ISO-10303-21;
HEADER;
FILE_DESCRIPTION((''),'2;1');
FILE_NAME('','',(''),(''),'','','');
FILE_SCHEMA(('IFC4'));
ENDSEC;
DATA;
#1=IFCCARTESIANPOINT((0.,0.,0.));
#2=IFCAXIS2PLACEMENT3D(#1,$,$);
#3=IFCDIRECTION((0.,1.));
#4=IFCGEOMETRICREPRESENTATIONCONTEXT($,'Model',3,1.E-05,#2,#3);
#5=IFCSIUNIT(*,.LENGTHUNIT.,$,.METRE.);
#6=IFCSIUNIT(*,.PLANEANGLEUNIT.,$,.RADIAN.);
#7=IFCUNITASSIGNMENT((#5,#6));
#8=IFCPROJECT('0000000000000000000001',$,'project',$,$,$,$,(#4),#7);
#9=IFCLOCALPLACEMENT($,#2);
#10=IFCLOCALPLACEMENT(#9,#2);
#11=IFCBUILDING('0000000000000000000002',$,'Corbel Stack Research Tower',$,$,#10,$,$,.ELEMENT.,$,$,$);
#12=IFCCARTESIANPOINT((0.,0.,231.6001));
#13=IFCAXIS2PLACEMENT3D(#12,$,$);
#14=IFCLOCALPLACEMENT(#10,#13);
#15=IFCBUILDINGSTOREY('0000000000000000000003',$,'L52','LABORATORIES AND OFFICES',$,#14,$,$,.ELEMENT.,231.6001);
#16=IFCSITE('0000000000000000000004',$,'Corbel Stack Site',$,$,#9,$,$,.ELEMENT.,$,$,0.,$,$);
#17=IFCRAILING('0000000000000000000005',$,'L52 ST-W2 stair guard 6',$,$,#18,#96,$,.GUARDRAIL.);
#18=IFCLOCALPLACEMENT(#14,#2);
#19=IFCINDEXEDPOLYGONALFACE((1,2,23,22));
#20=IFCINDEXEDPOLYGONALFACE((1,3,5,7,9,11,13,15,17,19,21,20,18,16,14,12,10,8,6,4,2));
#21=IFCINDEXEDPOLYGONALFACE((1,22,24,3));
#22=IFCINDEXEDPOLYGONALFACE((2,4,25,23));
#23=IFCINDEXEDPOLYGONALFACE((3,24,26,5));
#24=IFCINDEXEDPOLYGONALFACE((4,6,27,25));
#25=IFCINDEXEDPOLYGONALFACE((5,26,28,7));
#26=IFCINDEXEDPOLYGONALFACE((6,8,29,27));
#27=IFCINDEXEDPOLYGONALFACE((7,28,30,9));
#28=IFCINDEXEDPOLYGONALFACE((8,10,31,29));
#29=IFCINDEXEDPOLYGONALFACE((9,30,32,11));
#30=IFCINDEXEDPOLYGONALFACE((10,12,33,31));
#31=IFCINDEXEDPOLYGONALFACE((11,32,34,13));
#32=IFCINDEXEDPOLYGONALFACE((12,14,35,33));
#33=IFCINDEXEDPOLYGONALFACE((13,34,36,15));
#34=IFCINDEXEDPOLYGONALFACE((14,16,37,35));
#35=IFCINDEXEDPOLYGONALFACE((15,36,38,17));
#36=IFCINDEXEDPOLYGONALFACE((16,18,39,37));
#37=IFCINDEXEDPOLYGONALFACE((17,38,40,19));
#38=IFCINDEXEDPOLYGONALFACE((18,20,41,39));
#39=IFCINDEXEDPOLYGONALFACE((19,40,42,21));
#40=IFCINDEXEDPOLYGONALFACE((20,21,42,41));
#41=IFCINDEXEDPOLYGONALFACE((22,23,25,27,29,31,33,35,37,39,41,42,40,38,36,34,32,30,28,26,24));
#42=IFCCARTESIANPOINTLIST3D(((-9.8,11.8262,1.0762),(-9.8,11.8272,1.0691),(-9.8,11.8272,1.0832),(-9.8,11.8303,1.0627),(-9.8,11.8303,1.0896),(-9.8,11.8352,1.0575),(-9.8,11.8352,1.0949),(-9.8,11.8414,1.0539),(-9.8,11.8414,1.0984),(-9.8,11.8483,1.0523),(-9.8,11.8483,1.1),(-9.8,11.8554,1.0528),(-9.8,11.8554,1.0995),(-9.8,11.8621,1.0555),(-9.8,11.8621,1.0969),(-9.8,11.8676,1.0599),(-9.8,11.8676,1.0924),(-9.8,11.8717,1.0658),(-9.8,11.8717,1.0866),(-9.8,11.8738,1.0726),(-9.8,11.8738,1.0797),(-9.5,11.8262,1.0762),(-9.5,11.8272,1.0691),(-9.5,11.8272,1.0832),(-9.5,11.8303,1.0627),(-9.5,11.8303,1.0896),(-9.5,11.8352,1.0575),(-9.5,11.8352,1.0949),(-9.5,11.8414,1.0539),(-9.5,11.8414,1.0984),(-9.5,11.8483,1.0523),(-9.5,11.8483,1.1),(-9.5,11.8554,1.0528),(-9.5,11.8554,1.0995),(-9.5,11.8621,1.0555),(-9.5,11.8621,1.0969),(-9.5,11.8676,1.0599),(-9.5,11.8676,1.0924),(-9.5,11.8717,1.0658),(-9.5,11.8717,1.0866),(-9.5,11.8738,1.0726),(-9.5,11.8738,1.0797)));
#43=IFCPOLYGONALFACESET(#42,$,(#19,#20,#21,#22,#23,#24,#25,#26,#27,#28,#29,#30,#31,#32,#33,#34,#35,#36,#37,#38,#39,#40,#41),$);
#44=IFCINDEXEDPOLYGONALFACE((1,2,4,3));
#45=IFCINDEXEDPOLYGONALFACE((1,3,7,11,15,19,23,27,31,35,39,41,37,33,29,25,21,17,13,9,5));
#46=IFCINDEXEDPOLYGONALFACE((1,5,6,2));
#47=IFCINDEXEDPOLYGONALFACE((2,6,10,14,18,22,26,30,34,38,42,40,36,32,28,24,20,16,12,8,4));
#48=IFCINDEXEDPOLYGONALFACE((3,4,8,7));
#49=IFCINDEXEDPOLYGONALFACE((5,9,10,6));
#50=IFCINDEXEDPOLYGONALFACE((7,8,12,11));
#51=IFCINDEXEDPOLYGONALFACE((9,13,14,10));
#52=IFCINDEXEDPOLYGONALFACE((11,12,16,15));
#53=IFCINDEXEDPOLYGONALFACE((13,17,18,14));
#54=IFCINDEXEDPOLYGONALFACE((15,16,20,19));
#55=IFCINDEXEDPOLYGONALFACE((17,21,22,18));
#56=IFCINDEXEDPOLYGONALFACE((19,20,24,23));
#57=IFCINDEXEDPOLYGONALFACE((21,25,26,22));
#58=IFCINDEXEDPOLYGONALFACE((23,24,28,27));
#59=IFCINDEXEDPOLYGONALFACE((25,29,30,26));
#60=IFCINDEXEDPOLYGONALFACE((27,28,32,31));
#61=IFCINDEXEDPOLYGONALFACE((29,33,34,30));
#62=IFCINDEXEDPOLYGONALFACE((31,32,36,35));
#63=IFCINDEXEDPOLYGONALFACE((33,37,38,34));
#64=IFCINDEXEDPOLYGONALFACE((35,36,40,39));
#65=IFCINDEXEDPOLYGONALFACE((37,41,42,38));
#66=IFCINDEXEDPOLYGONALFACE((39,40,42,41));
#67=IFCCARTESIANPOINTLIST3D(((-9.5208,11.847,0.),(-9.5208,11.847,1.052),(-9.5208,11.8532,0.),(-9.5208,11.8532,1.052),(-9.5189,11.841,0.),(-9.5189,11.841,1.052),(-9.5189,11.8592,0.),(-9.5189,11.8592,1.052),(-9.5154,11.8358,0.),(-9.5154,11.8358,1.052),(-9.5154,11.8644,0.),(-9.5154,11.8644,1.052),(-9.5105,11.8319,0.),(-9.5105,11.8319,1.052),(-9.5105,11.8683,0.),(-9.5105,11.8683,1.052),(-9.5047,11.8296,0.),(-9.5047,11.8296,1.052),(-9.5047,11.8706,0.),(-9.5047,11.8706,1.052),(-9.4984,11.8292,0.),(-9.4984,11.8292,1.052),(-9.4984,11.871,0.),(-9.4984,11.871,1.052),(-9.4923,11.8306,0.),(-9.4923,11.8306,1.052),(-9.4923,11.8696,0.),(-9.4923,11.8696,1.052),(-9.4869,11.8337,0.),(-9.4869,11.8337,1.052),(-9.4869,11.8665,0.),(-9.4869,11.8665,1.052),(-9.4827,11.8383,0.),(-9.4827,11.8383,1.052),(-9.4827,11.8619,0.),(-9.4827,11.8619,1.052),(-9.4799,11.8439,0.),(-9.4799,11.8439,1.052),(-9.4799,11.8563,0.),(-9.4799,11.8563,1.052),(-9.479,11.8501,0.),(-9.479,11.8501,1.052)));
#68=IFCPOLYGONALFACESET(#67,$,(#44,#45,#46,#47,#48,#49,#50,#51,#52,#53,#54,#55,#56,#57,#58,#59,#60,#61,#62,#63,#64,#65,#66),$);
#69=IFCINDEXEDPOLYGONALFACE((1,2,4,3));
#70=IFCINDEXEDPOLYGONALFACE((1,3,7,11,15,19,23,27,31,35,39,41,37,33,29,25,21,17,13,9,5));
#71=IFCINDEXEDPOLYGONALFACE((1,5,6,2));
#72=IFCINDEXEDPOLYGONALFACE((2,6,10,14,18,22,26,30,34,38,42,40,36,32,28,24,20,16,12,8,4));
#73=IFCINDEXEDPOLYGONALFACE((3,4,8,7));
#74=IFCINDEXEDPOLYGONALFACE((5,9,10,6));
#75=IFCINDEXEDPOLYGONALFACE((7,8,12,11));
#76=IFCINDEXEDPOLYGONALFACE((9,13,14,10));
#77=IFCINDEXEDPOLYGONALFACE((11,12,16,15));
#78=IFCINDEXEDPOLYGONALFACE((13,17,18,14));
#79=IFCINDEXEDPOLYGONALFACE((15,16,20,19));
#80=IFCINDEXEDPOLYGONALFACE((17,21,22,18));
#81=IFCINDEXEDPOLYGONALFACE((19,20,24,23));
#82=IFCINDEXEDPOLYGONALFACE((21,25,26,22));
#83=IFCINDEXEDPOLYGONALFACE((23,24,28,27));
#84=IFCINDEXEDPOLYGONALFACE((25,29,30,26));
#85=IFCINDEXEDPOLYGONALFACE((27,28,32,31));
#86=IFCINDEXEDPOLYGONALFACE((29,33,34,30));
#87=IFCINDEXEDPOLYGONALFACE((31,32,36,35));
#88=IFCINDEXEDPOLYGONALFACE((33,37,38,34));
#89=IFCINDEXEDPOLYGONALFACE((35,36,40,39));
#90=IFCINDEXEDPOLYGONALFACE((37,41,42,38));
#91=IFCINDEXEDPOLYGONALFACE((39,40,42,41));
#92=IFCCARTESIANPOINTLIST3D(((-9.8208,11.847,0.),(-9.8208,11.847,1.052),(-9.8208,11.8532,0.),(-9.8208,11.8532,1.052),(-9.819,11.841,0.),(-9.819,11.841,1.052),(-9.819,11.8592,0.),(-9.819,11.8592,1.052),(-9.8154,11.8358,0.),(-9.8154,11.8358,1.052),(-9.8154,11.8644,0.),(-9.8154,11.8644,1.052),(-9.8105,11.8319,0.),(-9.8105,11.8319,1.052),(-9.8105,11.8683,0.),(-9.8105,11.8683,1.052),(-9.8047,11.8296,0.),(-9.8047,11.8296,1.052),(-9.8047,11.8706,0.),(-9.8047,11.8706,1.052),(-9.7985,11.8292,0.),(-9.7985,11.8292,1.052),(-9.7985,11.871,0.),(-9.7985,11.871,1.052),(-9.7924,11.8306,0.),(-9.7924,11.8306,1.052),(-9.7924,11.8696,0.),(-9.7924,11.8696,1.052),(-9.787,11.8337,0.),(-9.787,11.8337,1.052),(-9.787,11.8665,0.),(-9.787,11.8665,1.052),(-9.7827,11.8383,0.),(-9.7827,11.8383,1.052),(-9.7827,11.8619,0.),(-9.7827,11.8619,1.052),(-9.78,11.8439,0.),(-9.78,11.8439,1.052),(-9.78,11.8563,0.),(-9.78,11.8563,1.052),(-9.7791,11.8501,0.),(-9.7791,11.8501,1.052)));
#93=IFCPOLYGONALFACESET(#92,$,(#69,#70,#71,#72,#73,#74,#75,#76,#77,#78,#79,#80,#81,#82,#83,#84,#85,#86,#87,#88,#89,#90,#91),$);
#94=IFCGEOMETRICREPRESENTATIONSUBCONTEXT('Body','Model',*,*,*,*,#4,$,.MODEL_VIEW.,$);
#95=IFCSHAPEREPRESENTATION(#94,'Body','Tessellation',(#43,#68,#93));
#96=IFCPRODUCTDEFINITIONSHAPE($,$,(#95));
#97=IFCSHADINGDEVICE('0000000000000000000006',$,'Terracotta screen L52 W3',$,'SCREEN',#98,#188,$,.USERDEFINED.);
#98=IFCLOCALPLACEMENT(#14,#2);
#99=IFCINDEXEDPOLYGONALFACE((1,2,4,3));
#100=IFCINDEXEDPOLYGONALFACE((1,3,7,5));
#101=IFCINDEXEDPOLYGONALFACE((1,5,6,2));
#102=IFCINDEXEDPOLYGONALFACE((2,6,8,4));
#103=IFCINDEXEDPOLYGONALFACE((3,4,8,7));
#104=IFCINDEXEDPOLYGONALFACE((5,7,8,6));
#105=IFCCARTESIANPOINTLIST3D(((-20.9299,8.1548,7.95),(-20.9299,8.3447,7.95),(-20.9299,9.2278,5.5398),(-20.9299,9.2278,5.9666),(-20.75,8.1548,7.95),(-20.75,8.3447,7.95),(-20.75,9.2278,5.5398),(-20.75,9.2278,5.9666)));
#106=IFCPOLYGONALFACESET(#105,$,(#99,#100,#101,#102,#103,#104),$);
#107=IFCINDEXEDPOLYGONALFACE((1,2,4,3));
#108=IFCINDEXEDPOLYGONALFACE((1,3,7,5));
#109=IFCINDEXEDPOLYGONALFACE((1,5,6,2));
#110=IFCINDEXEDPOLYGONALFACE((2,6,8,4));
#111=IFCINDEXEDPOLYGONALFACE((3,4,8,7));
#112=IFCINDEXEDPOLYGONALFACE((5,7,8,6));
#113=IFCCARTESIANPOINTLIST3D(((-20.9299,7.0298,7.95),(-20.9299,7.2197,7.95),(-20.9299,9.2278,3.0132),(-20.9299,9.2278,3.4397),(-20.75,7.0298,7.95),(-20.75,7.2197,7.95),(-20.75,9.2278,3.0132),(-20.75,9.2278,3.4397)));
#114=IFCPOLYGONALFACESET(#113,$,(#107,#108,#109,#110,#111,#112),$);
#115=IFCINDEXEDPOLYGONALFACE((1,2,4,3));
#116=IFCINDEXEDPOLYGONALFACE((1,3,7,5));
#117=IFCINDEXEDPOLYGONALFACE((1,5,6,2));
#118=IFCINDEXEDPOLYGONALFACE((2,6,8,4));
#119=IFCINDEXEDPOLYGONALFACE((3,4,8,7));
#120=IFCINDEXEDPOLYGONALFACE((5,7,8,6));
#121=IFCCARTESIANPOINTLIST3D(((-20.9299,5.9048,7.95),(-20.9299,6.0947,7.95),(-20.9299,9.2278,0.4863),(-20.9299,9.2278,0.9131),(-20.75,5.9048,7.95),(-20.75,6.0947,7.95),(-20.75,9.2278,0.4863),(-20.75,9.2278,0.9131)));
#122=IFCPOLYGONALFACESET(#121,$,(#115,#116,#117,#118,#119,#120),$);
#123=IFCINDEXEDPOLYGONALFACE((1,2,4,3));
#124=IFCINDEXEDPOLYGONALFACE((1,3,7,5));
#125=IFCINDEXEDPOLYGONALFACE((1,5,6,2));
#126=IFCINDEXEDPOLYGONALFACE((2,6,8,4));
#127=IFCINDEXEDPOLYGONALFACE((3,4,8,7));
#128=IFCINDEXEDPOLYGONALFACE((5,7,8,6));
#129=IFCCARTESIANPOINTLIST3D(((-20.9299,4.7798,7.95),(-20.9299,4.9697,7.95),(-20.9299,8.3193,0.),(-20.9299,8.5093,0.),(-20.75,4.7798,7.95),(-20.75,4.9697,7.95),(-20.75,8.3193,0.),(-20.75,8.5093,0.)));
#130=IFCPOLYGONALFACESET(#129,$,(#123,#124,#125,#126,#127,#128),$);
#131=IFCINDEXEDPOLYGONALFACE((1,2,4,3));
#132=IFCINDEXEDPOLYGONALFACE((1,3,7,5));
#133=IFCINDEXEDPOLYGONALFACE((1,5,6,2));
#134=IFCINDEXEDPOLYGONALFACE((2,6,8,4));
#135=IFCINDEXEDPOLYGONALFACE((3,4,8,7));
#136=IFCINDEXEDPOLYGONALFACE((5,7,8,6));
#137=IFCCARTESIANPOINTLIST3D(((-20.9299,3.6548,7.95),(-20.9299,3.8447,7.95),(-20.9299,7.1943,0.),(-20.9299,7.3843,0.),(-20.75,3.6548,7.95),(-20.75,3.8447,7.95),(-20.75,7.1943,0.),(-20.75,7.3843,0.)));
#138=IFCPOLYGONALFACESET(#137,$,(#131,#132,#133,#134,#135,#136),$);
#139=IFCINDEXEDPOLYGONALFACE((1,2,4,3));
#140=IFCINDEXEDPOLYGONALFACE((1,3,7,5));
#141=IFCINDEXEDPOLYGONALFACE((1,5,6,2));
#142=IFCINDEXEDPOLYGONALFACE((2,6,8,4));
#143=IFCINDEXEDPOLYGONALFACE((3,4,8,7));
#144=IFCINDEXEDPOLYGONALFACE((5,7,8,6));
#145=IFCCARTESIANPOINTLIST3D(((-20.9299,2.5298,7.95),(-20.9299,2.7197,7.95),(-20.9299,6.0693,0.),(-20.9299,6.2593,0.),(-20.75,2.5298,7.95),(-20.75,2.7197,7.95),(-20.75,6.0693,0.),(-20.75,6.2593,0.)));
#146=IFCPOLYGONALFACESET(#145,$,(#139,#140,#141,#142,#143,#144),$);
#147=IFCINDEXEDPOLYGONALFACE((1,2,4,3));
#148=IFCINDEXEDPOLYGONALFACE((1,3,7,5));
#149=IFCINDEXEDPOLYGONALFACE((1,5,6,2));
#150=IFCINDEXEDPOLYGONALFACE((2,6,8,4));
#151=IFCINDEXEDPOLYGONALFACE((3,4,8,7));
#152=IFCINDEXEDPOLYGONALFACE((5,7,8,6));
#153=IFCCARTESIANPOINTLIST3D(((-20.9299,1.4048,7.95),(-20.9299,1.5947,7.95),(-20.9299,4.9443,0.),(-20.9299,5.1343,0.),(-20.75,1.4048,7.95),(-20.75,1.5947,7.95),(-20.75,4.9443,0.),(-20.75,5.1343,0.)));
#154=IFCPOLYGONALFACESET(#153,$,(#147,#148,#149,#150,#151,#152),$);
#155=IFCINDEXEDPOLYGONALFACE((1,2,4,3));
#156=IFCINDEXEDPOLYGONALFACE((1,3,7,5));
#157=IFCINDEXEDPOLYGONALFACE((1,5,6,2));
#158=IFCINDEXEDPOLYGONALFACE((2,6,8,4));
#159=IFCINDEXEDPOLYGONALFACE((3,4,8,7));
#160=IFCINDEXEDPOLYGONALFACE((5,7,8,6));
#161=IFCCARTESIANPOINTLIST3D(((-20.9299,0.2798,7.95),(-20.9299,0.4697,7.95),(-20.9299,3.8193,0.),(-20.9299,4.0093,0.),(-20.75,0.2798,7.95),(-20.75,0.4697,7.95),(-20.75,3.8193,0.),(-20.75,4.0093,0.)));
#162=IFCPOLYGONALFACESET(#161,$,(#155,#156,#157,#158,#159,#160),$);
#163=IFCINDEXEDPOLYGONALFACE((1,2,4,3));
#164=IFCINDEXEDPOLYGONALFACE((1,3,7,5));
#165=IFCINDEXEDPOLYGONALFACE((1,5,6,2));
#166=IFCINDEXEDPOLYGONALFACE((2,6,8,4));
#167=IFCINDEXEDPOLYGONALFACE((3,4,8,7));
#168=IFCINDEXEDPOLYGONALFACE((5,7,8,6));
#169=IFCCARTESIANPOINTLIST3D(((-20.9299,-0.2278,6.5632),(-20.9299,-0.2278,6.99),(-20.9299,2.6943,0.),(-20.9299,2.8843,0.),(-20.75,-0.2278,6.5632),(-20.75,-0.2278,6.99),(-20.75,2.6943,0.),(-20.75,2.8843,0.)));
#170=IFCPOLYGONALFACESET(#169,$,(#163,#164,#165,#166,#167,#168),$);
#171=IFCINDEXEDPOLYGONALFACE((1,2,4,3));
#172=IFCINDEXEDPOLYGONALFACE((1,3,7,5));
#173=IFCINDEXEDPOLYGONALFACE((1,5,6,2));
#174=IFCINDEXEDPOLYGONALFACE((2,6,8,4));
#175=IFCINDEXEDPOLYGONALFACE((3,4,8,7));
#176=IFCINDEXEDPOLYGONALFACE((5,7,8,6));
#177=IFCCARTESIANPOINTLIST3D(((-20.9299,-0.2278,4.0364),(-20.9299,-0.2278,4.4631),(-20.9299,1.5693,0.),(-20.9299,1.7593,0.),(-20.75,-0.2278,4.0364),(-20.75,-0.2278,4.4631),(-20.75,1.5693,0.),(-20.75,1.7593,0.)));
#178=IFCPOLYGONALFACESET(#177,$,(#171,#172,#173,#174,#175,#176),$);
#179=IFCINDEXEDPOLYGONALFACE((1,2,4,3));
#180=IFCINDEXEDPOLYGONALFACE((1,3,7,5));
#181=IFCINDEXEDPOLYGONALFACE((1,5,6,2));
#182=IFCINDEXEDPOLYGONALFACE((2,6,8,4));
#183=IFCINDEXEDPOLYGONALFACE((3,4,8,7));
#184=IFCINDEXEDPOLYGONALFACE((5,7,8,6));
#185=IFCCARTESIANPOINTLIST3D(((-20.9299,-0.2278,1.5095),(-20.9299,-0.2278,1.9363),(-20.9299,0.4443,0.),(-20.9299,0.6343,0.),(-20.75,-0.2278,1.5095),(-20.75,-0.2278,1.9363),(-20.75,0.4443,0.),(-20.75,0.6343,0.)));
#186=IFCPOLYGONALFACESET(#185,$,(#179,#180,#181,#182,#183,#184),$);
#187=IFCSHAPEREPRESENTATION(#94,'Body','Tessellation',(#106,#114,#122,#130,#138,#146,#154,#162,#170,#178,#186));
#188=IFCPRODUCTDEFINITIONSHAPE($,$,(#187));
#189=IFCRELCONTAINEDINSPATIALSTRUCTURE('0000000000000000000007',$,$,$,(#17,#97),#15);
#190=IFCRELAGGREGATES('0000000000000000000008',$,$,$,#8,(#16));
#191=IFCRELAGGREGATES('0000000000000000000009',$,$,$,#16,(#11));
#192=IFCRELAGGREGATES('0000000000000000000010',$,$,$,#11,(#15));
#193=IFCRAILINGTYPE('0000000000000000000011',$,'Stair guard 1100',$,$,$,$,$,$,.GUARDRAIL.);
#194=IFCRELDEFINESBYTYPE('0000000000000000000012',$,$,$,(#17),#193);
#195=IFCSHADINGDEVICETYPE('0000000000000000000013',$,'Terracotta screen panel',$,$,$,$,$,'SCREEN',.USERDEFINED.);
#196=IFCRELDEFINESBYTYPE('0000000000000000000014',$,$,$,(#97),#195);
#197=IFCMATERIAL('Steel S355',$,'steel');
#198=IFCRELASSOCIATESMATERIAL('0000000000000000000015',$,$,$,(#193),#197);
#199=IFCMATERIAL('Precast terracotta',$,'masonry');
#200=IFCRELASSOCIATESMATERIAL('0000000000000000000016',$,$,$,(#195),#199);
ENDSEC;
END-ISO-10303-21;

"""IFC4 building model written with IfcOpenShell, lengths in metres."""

from ifc_helpers import new_model, si_unit, direction, frame, origin, origin_2d, place, context, subcontext, project, spatial, polyline, circle, outline, extrude, source, transform, mapped, material, type_object, element, save


model = new_model("IFC4")

# Units and contexts
model_context = context("Model", 3, precision=1e-05, world=origin(), true_north=direction((0.0, 1.0)))
body_context = subcontext(model_context, "Body", "Model", "MODEL_VIEW")
ifc_project = project(units=[si_unit("LENGTHUNIT", "METRE"), si_unit("PLANEANGLEUNIT", "RADIAN")], contexts=[model_context])

# Site, building, storey
site_placement = place(None, origin())
site = spatial("IfcSite", under=ifc_project, at=site_placement, Name="Corbel Stack Site", CompositionType="ELEMENT", RefElevation=0.0)
building_placement = place(site_placement, origin())
building = spatial("IfcBuilding", under=site, at=building_placement, Name="Corbel Stack Research Tower", CompositionType="ELEMENT")
storey_placement = place(building_placement, frame((0.0, 0.0, 231.6001)))
storey = spatial("IfcBuildingStorey", under=building, at=storey_placement, Name="L52", Description="LABORATORIES AND OFFICES", CompositionType="ELEMENT", Elevation=231.6001)

# Railing
ifc_material_1 = material(Name="Steel S355", Category="steel")
railing_type = type_object("IfcRailingType", Name="Stair guard 1100", PredefinedType="GUARDRAIL", material=ifc_material_1)
railing_placement = place(storey_placement, frame((-9.5, 11.8501, 0.0)))
element("IfcRailing", 1, at=railing_placement, inside=storey, type_object=railing_type, Name="L52 ST-W2 stair guard 6", PredefinedType="GUARDRAIL", context=body_context, shape_type="SweptSolid", body=[
    extrude(circle(Radius=0.0239, at=origin_2d()), frame((0.0, 0.0, 1.0762), z_axis=(-1.0, 0.0, 0.0), x_axis=(0.0, -1.0, 0.0)), (0.0, 0.0, 1.0), 0.3),
    extrude(circle(Radius=0.021, at=origin_2d()), origin(), (0.0, 0.0, 1.0), 1.052),
    extrude(circle(Radius=0.021, at=origin_2d()), frame((-0.3, 0.0, 0.0)), (0.0, 0.0, 1.0), 1.052),
])

# Shading device
ifc_material_2 = material(Name="Precast terracotta", Category="masonry")
shading_device_type = type_object("IfcShadingDeviceType", Name="Terracotta screen panel", ElementType="SCREEN", PredefinedType="USERDEFINED", material=ifc_material_2)
shared_shape = source(origin(), body_context, "Body", "SweptSolid", [
    extrude(outline(polyline([(1.073, 7.95), (0.8831, 7.95), (0.0, 5.9666), (0.0, 5.5398), (1.073, 7.95)])), frame((0.0, 0.0, 0.0), z_axis=(0.0, -1.0, 0.0), x_axis=(1.0, 0.0, 0.0)), (0.0, 0.0, 1.0), 0.1799),
    extrude(outline(polyline([(2.198, 7.95), (2.0081, 7.95), (0.0, 3.4397), (0.0, 3.0132), (2.198, 7.95)])), frame((0.0, 0.0, 0.0), z_axis=(0.0, -1.0, 0.0), x_axis=(1.0, 0.0, 0.0)), (0.0, 0.0, 1.0), 0.1799),
    extrude(outline(polyline([(3.323, 7.95), (3.1331, 7.95), (0.0, 0.9131), (0.0, 0.4863), (3.323, 7.95)])), frame((0.0, 0.0, 0.0), z_axis=(0.0, -1.0, 0.0), x_axis=(1.0, 0.0, 0.0)), (0.0, 0.0, 1.0), 0.1799),
    extrude(outline(polyline([(0.9084, 0.0), (4.448, 7.95), (4.2581, 7.95), (0.7185, 0.0), (0.9084, 0.0)])), frame((0.0, 0.0, 0.0), z_axis=(0.0, -1.0, 0.0), x_axis=(1.0, 0.0, 0.0)), (0.0, 0.0, 1.0), 0.1799),
    extrude(outline(polyline([(2.0334, 0.0), (5.573, 7.95), (5.3831, 7.95), (1.8435, 0.0), (2.0334, 0.0)])), frame((0.0, 0.0, 0.0), z_axis=(0.0, -1.0, 0.0), x_axis=(1.0, 0.0, 0.0)), (0.0, 0.0, 1.0), 0.1799),
    extrude(outline(polyline([(3.1584, 0.0), (6.698, 7.95), (6.5081, 7.95), (2.9685, 0.0), (3.1584, 0.0)])), frame((0.0, 0.0, 0.0), z_axis=(0.0, -1.0, 0.0), x_axis=(1.0, 0.0, 0.0)), (0.0, 0.0, 1.0), 0.1799),
    extrude(outline(polyline([(4.2834, 0.0), (7.823, 7.95), (7.6331, 7.95), (4.0935, 0.0), (4.2834, 0.0)])), frame((0.0, 0.0, 0.0), z_axis=(0.0, -1.0, 0.0), x_axis=(1.0, 0.0, 0.0)), (0.0, 0.0, 1.0), 0.1799),
    extrude(outline(polyline([(5.4084, 0.0), (8.948, 7.95), (8.7581, 7.95), (5.2185, 0.0), (5.4084, 0.0)])), frame((0.0, 0.0, 0.0), z_axis=(0.0, -1.0, 0.0), x_axis=(1.0, 0.0, 0.0)), (0.0, 0.0, 1.0), 0.1799),
    extrude(outline(polyline([(6.5334, 0.0), (9.4556, 6.5632), (9.4556, 6.99), (6.3435, 0.0), (6.5334, 0.0)])), frame((0.0, 0.0, 0.0), z_axis=(0.0, -1.0, 0.0), x_axis=(1.0, 0.0, 0.0)), (0.0, 0.0, 1.0), 0.1799),
    extrude(outline(polyline([(7.6584, 0.0), (9.4556, 4.0364), (9.4556, 4.4631), (7.4685, 0.0), (7.6584, 0.0)])), frame((0.0, 0.0, 0.0), z_axis=(0.0, -1.0, 0.0), x_axis=(1.0, 0.0, 0.0)), (0.0, 0.0, 1.0), 0.1799),
    extrude(outline(polyline([(8.7834, 0.0), (9.4556, 1.5095), (9.4556, 1.9363), (8.5935, 0.0), (8.7834, 0.0)])), frame((0.0, 0.0, 0.0), z_axis=(0.0, -1.0, 0.0), x_axis=(1.0, 0.0, 0.0)), (0.0, 0.0, 1.0), 0.1799),
])
shading_device_placement = place(storey_placement, frame((-20.75, 9.2278, 0.0), z_axis=(0.0, 0.0, 1.0), x_axis=(0.0, -1.0, 0.0)))
element("IfcShadingDevice", 2, at=shading_device_placement, inside=storey, type_object=shading_device_type, Name="Terracotta screen L52 W3", ObjectType="SCREEN", PredefinedType="USERDEFINED", context=body_context, shape_type="MappedRepresentation", body=[
    mapped(shared_shape, transform((0.0, 0.0, 0.0))),
])

save(model, "model.ifc")
